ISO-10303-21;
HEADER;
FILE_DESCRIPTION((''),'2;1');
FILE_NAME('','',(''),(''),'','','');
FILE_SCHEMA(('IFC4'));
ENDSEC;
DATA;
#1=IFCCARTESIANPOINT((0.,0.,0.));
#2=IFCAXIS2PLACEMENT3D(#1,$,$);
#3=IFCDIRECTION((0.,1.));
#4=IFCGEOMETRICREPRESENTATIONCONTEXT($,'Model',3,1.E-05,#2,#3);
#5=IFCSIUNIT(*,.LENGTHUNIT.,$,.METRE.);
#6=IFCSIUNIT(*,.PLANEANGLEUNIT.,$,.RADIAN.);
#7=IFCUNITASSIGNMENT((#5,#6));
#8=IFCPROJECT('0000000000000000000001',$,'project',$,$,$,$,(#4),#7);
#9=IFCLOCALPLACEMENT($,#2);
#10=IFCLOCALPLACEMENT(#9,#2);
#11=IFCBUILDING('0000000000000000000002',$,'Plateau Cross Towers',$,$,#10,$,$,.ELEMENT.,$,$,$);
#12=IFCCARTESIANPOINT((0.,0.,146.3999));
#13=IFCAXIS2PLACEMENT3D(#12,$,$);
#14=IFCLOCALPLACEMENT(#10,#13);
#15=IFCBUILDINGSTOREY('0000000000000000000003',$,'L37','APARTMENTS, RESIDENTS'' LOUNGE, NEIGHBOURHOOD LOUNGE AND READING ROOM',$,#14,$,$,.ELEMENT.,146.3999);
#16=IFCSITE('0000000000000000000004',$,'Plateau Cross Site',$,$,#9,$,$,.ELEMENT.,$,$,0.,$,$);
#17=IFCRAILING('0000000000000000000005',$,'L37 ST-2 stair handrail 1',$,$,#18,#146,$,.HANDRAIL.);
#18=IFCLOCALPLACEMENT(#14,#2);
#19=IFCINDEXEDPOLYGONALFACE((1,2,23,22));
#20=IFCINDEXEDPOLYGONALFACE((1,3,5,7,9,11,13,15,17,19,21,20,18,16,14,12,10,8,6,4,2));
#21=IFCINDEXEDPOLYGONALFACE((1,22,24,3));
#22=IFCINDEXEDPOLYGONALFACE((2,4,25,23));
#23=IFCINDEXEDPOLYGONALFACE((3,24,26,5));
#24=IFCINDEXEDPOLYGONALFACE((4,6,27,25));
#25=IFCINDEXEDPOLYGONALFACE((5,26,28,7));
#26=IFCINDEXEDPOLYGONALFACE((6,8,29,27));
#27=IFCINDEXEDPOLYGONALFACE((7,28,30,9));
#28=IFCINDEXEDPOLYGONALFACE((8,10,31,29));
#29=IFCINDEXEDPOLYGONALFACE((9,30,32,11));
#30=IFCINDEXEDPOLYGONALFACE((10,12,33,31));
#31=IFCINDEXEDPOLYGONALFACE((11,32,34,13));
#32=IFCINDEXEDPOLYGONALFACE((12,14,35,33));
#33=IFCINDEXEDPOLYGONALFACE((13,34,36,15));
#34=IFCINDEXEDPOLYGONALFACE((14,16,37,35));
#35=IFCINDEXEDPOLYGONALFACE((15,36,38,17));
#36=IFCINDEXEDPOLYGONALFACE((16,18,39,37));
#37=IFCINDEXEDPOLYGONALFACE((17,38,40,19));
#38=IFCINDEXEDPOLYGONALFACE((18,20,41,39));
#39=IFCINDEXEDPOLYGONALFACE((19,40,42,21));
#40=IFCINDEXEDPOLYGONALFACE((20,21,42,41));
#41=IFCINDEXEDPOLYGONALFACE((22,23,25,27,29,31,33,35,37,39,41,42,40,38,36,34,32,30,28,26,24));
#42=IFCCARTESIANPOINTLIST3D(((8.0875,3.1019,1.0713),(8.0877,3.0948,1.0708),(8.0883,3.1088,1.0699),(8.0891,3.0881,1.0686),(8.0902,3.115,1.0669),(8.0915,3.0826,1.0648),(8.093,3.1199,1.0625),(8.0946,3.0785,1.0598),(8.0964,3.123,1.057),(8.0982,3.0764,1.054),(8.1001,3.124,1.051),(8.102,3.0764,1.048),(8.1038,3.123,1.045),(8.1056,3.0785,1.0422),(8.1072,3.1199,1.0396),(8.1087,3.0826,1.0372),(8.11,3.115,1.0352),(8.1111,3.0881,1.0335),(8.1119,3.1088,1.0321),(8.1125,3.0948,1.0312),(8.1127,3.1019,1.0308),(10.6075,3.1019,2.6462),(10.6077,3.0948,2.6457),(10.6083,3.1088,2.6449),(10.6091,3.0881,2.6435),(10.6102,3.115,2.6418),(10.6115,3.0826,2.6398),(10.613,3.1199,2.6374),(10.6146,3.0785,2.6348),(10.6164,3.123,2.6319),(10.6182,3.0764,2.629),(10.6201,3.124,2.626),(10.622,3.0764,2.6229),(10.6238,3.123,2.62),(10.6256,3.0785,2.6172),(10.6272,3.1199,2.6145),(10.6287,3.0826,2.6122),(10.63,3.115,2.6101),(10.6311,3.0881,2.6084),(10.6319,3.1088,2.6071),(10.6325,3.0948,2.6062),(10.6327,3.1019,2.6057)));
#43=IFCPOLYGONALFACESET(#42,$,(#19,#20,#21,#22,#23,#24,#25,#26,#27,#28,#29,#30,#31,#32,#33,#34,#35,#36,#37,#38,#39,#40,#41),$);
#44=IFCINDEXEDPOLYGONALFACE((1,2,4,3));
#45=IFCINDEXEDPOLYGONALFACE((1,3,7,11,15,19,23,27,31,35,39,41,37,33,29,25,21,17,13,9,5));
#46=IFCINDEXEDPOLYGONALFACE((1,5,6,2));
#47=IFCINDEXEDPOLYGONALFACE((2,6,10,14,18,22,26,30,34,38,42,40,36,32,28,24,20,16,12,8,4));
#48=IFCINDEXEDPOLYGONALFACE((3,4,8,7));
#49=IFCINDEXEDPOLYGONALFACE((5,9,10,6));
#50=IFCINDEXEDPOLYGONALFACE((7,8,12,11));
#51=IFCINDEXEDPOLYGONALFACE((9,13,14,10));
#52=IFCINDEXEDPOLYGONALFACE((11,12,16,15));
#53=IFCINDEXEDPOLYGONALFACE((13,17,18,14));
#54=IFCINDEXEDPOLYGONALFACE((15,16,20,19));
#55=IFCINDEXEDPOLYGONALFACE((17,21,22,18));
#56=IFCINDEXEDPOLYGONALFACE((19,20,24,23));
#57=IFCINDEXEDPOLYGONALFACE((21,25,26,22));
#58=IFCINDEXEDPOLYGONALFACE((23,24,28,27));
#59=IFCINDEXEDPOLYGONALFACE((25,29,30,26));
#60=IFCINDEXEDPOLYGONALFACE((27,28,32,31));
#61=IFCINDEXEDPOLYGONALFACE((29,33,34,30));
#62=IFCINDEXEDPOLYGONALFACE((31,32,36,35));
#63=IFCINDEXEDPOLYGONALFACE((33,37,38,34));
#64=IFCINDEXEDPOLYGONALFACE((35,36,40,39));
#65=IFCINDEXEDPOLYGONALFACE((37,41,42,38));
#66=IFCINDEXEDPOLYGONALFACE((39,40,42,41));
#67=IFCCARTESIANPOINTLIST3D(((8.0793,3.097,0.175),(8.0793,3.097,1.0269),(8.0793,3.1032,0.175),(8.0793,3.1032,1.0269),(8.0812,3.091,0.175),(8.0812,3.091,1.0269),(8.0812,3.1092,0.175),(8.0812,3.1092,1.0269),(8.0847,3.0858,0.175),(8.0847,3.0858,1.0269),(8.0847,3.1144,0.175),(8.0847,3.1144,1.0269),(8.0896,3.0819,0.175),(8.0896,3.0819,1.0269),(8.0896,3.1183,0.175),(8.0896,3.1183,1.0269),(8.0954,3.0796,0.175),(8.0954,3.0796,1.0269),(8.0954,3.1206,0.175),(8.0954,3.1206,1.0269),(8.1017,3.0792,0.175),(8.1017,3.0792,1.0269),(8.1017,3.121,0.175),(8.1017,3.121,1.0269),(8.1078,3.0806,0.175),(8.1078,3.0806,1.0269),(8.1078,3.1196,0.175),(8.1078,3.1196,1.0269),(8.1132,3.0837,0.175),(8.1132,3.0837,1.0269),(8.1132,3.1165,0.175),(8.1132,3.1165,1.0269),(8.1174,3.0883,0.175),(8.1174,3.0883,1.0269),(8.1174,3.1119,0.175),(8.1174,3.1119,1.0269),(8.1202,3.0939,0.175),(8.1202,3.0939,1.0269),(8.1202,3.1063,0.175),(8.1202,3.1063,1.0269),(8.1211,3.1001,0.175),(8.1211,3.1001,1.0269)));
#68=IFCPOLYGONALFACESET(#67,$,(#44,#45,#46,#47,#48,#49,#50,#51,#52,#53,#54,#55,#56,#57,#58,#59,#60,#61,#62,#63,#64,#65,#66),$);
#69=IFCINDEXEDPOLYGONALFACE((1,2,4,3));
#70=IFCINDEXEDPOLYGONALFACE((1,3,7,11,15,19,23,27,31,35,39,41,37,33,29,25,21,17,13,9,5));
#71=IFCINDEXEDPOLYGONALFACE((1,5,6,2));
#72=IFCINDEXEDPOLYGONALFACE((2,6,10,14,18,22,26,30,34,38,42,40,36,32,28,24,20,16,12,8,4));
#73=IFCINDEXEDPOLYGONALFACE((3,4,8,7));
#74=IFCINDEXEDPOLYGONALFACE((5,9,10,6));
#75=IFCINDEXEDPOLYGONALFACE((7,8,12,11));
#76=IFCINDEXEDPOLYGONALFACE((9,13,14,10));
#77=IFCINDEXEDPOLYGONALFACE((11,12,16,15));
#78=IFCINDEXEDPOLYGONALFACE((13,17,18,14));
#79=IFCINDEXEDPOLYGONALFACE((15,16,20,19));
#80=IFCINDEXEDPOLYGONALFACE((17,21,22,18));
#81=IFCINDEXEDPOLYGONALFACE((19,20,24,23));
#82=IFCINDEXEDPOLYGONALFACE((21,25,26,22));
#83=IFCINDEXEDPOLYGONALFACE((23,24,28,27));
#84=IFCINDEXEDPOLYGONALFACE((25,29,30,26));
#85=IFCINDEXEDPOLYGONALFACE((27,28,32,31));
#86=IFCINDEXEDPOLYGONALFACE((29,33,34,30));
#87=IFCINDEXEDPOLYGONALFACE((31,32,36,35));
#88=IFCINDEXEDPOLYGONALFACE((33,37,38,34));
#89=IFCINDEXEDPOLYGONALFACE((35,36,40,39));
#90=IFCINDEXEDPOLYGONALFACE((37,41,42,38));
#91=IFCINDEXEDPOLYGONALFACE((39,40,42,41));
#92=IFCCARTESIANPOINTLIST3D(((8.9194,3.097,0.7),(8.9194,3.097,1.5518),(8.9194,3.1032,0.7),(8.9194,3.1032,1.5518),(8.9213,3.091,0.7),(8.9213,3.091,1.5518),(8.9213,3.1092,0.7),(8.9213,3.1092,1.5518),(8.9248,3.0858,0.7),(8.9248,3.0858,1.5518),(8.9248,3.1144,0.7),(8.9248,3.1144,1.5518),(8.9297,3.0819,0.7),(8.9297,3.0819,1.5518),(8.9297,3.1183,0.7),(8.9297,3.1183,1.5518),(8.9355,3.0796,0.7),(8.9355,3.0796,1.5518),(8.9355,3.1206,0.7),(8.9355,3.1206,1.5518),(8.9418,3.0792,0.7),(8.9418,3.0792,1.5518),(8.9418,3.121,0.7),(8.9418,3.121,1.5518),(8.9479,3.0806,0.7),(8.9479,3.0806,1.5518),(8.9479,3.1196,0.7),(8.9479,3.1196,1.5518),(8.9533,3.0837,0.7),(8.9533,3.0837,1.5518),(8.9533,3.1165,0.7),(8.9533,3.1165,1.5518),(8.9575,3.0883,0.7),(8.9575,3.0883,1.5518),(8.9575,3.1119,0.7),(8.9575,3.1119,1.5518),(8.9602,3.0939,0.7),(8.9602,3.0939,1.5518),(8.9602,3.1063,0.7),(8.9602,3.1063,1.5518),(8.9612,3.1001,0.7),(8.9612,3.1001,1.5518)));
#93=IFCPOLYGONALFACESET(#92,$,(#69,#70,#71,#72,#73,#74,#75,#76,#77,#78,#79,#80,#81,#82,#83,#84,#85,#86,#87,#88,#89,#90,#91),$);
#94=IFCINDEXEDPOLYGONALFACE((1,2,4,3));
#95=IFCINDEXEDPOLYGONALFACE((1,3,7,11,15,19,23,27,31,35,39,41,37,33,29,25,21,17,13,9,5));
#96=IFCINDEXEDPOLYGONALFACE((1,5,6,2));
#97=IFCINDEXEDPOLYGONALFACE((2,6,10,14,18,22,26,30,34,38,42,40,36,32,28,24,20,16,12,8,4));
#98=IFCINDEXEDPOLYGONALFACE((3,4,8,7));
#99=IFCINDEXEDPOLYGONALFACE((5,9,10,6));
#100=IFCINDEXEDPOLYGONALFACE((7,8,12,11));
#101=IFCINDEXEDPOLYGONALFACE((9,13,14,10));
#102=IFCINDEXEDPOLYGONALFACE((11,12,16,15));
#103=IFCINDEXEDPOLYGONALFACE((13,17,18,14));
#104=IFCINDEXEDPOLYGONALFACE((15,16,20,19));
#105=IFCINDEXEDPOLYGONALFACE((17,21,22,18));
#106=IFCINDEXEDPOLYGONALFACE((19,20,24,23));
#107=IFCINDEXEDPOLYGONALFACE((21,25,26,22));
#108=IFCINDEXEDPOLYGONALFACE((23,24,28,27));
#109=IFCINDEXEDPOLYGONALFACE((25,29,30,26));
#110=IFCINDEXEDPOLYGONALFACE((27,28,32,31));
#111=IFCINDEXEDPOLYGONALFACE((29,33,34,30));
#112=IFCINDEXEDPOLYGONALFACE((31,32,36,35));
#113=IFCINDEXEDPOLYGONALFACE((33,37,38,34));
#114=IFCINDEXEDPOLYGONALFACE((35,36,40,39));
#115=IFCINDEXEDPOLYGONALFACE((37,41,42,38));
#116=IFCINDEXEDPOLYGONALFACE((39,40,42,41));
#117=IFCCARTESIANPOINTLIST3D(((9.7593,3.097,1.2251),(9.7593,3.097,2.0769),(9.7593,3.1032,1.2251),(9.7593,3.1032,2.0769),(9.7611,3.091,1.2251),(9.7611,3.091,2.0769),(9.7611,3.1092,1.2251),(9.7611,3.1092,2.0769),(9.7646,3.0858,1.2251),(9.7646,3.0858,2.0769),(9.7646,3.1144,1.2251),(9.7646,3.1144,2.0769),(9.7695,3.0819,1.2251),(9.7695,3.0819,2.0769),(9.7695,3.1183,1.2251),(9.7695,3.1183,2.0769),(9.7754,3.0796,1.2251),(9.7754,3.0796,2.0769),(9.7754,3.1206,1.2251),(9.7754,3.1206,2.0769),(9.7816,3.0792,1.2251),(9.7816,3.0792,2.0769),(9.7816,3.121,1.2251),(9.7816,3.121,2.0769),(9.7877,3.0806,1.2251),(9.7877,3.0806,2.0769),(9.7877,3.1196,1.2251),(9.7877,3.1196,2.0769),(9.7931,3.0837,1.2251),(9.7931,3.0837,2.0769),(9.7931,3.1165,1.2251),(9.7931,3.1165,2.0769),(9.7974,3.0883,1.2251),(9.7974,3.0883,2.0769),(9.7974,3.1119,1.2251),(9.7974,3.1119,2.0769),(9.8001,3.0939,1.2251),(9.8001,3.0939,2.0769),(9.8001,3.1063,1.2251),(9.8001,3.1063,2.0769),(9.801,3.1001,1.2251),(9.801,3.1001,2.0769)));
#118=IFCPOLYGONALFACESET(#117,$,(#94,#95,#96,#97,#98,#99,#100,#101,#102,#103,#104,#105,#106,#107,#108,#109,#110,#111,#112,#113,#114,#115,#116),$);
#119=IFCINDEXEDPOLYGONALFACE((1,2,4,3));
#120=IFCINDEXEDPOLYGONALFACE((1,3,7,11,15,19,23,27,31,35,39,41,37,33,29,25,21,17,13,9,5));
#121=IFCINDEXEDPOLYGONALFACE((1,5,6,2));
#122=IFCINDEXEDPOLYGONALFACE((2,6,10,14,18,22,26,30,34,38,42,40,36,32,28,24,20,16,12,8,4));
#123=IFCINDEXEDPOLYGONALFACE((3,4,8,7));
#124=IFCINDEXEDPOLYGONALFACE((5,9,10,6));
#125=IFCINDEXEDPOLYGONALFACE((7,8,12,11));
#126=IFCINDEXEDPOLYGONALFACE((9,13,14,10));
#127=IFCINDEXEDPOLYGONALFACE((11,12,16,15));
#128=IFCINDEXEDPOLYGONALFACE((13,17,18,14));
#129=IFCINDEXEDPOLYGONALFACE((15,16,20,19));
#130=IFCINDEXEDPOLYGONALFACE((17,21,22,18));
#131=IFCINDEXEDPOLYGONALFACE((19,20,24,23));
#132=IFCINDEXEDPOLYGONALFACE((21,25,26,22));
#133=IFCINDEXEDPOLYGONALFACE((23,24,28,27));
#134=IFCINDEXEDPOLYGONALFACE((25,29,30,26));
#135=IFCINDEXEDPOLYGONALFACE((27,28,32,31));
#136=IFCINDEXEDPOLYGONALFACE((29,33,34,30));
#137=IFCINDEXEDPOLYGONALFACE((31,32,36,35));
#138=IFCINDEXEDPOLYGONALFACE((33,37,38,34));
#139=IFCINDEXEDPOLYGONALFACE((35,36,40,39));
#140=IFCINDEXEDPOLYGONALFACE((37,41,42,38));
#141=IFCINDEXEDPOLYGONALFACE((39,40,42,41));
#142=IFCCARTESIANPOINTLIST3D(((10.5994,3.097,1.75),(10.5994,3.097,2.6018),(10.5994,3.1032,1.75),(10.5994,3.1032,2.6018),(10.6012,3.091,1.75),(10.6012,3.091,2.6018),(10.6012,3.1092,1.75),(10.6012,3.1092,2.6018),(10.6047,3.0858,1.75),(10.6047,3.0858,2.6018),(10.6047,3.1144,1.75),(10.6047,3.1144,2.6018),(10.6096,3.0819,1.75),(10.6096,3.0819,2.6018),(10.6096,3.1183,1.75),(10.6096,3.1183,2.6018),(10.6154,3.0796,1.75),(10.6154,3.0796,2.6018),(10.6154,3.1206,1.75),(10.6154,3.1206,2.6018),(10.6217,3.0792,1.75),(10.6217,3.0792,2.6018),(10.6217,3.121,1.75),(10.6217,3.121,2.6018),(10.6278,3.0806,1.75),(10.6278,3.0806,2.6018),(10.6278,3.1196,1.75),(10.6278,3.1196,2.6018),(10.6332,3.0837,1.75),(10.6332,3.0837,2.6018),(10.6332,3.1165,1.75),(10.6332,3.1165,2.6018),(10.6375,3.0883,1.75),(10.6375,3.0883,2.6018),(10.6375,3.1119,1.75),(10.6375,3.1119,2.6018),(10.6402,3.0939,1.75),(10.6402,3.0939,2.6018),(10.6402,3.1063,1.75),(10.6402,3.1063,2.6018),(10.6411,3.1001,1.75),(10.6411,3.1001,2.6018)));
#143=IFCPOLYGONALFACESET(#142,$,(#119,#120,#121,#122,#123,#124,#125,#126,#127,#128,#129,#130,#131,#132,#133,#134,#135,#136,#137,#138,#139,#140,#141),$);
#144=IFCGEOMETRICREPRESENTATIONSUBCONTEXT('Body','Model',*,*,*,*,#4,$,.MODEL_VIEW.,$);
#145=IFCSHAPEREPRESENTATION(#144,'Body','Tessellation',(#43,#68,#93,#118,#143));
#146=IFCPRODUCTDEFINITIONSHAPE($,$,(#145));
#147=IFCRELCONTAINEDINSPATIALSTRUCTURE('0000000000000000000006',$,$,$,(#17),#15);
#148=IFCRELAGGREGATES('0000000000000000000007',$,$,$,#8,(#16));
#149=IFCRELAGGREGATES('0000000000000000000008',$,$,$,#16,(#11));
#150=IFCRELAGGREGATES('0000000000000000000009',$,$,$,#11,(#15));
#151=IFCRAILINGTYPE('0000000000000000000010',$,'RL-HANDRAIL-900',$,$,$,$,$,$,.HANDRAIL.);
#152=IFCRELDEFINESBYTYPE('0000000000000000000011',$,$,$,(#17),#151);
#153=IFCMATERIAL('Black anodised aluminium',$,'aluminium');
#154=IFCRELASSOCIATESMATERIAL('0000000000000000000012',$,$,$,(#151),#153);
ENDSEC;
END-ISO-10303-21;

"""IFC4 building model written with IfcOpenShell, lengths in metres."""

from ifc_helpers import new_model, si_unit, direction, frame, origin, origin_2d, place, context, subcontext, project, spatial, circle, extrude, material, type_object, element, save


model = new_model("IFC4")

# Units and contexts
model_context = context("Model", 3, precision=1e-05, world=origin(), true_north=direction((0.0, 1.0)))
body_context = subcontext(model_context, "Body", "Model", "MODEL_VIEW")
ifc_project = project(units=[si_unit("LENGTHUNIT", "METRE"), si_unit("PLANEANGLEUNIT", "RADIAN")], contexts=[model_context])

# Site, building, storey
site_placement = place(None, origin())
site = spatial("IfcSite", under=ifc_project, at=site_placement, Name="Plateau Cross Site", CompositionType="ELEMENT", RefElevation=0.0)
building_placement = place(site_placement, origin())
building = spatial("IfcBuilding", under=site, at=building_placement, Name="Plateau Cross Towers", CompositionType="ELEMENT")
storey_placement = place(building_placement, frame((0.0, 0.0, 146.3999)))
storey = spatial("IfcBuildingStorey", under=building, at=storey_placement, Name="L37", Description="APARTMENTS, RESIDENTS' LOUNGE, NEIGHBOURHOOD LOUNGE AND READING ROOM", CompositionType="ELEMENT", Elevation=146.3999)

# Shared definitions
ifc_material_1 = material(Name="Black anodised aluminium", Category="aluminium")

# Railing
railing_type_1 = type_object("IfcRailingType", Name="RL-HANDRAIL-900", PredefinedType="HANDRAIL", material=ifc_material_1)
railing_1_placement = place(storey_placement, frame((8.1001, 3.1001, 0.175)))
element("IfcRailing", 1, at=railing_1_placement, inside=storey, type_object=railing_type_1, Name="L37 ST-2 stair handrail 1", PredefinedType="HANDRAIL", context=body_context, shape_type="SweptSolid", body=[
    extrude(circle(Radius=0.0239, at=origin_2d()), frame((0.0, 0.0, 0.876), z_axis=(0.848008, 0.0, 0.529984), x_axis=(0.0, 1.0, 0.0)), (0.0, 0.0, 1.0), 2.9717),
    extrude(circle(Radius=0.021, at=origin_2d()), origin(), (0.0, 0.0, 1.0), 0.8518),
    extrude(circle(Radius=0.021, at=origin_2d()), frame((0.8401, 0.0, 0.5249)), (0.0, 0.0, 1.0), 0.8518),
    extrude(circle(Radius=0.021, at=origin_2d()), frame((1.6799, 0.0, 1.05)), (0.0, 0.0, 1.0), 0.8518),
    extrude(circle(Radius=0.021, at=origin_2d()), frame((2.52, 0.0, 1.575)), (0.0, 0.0, 1.0), 0.8518),
])

save(model, "model.ifc")
